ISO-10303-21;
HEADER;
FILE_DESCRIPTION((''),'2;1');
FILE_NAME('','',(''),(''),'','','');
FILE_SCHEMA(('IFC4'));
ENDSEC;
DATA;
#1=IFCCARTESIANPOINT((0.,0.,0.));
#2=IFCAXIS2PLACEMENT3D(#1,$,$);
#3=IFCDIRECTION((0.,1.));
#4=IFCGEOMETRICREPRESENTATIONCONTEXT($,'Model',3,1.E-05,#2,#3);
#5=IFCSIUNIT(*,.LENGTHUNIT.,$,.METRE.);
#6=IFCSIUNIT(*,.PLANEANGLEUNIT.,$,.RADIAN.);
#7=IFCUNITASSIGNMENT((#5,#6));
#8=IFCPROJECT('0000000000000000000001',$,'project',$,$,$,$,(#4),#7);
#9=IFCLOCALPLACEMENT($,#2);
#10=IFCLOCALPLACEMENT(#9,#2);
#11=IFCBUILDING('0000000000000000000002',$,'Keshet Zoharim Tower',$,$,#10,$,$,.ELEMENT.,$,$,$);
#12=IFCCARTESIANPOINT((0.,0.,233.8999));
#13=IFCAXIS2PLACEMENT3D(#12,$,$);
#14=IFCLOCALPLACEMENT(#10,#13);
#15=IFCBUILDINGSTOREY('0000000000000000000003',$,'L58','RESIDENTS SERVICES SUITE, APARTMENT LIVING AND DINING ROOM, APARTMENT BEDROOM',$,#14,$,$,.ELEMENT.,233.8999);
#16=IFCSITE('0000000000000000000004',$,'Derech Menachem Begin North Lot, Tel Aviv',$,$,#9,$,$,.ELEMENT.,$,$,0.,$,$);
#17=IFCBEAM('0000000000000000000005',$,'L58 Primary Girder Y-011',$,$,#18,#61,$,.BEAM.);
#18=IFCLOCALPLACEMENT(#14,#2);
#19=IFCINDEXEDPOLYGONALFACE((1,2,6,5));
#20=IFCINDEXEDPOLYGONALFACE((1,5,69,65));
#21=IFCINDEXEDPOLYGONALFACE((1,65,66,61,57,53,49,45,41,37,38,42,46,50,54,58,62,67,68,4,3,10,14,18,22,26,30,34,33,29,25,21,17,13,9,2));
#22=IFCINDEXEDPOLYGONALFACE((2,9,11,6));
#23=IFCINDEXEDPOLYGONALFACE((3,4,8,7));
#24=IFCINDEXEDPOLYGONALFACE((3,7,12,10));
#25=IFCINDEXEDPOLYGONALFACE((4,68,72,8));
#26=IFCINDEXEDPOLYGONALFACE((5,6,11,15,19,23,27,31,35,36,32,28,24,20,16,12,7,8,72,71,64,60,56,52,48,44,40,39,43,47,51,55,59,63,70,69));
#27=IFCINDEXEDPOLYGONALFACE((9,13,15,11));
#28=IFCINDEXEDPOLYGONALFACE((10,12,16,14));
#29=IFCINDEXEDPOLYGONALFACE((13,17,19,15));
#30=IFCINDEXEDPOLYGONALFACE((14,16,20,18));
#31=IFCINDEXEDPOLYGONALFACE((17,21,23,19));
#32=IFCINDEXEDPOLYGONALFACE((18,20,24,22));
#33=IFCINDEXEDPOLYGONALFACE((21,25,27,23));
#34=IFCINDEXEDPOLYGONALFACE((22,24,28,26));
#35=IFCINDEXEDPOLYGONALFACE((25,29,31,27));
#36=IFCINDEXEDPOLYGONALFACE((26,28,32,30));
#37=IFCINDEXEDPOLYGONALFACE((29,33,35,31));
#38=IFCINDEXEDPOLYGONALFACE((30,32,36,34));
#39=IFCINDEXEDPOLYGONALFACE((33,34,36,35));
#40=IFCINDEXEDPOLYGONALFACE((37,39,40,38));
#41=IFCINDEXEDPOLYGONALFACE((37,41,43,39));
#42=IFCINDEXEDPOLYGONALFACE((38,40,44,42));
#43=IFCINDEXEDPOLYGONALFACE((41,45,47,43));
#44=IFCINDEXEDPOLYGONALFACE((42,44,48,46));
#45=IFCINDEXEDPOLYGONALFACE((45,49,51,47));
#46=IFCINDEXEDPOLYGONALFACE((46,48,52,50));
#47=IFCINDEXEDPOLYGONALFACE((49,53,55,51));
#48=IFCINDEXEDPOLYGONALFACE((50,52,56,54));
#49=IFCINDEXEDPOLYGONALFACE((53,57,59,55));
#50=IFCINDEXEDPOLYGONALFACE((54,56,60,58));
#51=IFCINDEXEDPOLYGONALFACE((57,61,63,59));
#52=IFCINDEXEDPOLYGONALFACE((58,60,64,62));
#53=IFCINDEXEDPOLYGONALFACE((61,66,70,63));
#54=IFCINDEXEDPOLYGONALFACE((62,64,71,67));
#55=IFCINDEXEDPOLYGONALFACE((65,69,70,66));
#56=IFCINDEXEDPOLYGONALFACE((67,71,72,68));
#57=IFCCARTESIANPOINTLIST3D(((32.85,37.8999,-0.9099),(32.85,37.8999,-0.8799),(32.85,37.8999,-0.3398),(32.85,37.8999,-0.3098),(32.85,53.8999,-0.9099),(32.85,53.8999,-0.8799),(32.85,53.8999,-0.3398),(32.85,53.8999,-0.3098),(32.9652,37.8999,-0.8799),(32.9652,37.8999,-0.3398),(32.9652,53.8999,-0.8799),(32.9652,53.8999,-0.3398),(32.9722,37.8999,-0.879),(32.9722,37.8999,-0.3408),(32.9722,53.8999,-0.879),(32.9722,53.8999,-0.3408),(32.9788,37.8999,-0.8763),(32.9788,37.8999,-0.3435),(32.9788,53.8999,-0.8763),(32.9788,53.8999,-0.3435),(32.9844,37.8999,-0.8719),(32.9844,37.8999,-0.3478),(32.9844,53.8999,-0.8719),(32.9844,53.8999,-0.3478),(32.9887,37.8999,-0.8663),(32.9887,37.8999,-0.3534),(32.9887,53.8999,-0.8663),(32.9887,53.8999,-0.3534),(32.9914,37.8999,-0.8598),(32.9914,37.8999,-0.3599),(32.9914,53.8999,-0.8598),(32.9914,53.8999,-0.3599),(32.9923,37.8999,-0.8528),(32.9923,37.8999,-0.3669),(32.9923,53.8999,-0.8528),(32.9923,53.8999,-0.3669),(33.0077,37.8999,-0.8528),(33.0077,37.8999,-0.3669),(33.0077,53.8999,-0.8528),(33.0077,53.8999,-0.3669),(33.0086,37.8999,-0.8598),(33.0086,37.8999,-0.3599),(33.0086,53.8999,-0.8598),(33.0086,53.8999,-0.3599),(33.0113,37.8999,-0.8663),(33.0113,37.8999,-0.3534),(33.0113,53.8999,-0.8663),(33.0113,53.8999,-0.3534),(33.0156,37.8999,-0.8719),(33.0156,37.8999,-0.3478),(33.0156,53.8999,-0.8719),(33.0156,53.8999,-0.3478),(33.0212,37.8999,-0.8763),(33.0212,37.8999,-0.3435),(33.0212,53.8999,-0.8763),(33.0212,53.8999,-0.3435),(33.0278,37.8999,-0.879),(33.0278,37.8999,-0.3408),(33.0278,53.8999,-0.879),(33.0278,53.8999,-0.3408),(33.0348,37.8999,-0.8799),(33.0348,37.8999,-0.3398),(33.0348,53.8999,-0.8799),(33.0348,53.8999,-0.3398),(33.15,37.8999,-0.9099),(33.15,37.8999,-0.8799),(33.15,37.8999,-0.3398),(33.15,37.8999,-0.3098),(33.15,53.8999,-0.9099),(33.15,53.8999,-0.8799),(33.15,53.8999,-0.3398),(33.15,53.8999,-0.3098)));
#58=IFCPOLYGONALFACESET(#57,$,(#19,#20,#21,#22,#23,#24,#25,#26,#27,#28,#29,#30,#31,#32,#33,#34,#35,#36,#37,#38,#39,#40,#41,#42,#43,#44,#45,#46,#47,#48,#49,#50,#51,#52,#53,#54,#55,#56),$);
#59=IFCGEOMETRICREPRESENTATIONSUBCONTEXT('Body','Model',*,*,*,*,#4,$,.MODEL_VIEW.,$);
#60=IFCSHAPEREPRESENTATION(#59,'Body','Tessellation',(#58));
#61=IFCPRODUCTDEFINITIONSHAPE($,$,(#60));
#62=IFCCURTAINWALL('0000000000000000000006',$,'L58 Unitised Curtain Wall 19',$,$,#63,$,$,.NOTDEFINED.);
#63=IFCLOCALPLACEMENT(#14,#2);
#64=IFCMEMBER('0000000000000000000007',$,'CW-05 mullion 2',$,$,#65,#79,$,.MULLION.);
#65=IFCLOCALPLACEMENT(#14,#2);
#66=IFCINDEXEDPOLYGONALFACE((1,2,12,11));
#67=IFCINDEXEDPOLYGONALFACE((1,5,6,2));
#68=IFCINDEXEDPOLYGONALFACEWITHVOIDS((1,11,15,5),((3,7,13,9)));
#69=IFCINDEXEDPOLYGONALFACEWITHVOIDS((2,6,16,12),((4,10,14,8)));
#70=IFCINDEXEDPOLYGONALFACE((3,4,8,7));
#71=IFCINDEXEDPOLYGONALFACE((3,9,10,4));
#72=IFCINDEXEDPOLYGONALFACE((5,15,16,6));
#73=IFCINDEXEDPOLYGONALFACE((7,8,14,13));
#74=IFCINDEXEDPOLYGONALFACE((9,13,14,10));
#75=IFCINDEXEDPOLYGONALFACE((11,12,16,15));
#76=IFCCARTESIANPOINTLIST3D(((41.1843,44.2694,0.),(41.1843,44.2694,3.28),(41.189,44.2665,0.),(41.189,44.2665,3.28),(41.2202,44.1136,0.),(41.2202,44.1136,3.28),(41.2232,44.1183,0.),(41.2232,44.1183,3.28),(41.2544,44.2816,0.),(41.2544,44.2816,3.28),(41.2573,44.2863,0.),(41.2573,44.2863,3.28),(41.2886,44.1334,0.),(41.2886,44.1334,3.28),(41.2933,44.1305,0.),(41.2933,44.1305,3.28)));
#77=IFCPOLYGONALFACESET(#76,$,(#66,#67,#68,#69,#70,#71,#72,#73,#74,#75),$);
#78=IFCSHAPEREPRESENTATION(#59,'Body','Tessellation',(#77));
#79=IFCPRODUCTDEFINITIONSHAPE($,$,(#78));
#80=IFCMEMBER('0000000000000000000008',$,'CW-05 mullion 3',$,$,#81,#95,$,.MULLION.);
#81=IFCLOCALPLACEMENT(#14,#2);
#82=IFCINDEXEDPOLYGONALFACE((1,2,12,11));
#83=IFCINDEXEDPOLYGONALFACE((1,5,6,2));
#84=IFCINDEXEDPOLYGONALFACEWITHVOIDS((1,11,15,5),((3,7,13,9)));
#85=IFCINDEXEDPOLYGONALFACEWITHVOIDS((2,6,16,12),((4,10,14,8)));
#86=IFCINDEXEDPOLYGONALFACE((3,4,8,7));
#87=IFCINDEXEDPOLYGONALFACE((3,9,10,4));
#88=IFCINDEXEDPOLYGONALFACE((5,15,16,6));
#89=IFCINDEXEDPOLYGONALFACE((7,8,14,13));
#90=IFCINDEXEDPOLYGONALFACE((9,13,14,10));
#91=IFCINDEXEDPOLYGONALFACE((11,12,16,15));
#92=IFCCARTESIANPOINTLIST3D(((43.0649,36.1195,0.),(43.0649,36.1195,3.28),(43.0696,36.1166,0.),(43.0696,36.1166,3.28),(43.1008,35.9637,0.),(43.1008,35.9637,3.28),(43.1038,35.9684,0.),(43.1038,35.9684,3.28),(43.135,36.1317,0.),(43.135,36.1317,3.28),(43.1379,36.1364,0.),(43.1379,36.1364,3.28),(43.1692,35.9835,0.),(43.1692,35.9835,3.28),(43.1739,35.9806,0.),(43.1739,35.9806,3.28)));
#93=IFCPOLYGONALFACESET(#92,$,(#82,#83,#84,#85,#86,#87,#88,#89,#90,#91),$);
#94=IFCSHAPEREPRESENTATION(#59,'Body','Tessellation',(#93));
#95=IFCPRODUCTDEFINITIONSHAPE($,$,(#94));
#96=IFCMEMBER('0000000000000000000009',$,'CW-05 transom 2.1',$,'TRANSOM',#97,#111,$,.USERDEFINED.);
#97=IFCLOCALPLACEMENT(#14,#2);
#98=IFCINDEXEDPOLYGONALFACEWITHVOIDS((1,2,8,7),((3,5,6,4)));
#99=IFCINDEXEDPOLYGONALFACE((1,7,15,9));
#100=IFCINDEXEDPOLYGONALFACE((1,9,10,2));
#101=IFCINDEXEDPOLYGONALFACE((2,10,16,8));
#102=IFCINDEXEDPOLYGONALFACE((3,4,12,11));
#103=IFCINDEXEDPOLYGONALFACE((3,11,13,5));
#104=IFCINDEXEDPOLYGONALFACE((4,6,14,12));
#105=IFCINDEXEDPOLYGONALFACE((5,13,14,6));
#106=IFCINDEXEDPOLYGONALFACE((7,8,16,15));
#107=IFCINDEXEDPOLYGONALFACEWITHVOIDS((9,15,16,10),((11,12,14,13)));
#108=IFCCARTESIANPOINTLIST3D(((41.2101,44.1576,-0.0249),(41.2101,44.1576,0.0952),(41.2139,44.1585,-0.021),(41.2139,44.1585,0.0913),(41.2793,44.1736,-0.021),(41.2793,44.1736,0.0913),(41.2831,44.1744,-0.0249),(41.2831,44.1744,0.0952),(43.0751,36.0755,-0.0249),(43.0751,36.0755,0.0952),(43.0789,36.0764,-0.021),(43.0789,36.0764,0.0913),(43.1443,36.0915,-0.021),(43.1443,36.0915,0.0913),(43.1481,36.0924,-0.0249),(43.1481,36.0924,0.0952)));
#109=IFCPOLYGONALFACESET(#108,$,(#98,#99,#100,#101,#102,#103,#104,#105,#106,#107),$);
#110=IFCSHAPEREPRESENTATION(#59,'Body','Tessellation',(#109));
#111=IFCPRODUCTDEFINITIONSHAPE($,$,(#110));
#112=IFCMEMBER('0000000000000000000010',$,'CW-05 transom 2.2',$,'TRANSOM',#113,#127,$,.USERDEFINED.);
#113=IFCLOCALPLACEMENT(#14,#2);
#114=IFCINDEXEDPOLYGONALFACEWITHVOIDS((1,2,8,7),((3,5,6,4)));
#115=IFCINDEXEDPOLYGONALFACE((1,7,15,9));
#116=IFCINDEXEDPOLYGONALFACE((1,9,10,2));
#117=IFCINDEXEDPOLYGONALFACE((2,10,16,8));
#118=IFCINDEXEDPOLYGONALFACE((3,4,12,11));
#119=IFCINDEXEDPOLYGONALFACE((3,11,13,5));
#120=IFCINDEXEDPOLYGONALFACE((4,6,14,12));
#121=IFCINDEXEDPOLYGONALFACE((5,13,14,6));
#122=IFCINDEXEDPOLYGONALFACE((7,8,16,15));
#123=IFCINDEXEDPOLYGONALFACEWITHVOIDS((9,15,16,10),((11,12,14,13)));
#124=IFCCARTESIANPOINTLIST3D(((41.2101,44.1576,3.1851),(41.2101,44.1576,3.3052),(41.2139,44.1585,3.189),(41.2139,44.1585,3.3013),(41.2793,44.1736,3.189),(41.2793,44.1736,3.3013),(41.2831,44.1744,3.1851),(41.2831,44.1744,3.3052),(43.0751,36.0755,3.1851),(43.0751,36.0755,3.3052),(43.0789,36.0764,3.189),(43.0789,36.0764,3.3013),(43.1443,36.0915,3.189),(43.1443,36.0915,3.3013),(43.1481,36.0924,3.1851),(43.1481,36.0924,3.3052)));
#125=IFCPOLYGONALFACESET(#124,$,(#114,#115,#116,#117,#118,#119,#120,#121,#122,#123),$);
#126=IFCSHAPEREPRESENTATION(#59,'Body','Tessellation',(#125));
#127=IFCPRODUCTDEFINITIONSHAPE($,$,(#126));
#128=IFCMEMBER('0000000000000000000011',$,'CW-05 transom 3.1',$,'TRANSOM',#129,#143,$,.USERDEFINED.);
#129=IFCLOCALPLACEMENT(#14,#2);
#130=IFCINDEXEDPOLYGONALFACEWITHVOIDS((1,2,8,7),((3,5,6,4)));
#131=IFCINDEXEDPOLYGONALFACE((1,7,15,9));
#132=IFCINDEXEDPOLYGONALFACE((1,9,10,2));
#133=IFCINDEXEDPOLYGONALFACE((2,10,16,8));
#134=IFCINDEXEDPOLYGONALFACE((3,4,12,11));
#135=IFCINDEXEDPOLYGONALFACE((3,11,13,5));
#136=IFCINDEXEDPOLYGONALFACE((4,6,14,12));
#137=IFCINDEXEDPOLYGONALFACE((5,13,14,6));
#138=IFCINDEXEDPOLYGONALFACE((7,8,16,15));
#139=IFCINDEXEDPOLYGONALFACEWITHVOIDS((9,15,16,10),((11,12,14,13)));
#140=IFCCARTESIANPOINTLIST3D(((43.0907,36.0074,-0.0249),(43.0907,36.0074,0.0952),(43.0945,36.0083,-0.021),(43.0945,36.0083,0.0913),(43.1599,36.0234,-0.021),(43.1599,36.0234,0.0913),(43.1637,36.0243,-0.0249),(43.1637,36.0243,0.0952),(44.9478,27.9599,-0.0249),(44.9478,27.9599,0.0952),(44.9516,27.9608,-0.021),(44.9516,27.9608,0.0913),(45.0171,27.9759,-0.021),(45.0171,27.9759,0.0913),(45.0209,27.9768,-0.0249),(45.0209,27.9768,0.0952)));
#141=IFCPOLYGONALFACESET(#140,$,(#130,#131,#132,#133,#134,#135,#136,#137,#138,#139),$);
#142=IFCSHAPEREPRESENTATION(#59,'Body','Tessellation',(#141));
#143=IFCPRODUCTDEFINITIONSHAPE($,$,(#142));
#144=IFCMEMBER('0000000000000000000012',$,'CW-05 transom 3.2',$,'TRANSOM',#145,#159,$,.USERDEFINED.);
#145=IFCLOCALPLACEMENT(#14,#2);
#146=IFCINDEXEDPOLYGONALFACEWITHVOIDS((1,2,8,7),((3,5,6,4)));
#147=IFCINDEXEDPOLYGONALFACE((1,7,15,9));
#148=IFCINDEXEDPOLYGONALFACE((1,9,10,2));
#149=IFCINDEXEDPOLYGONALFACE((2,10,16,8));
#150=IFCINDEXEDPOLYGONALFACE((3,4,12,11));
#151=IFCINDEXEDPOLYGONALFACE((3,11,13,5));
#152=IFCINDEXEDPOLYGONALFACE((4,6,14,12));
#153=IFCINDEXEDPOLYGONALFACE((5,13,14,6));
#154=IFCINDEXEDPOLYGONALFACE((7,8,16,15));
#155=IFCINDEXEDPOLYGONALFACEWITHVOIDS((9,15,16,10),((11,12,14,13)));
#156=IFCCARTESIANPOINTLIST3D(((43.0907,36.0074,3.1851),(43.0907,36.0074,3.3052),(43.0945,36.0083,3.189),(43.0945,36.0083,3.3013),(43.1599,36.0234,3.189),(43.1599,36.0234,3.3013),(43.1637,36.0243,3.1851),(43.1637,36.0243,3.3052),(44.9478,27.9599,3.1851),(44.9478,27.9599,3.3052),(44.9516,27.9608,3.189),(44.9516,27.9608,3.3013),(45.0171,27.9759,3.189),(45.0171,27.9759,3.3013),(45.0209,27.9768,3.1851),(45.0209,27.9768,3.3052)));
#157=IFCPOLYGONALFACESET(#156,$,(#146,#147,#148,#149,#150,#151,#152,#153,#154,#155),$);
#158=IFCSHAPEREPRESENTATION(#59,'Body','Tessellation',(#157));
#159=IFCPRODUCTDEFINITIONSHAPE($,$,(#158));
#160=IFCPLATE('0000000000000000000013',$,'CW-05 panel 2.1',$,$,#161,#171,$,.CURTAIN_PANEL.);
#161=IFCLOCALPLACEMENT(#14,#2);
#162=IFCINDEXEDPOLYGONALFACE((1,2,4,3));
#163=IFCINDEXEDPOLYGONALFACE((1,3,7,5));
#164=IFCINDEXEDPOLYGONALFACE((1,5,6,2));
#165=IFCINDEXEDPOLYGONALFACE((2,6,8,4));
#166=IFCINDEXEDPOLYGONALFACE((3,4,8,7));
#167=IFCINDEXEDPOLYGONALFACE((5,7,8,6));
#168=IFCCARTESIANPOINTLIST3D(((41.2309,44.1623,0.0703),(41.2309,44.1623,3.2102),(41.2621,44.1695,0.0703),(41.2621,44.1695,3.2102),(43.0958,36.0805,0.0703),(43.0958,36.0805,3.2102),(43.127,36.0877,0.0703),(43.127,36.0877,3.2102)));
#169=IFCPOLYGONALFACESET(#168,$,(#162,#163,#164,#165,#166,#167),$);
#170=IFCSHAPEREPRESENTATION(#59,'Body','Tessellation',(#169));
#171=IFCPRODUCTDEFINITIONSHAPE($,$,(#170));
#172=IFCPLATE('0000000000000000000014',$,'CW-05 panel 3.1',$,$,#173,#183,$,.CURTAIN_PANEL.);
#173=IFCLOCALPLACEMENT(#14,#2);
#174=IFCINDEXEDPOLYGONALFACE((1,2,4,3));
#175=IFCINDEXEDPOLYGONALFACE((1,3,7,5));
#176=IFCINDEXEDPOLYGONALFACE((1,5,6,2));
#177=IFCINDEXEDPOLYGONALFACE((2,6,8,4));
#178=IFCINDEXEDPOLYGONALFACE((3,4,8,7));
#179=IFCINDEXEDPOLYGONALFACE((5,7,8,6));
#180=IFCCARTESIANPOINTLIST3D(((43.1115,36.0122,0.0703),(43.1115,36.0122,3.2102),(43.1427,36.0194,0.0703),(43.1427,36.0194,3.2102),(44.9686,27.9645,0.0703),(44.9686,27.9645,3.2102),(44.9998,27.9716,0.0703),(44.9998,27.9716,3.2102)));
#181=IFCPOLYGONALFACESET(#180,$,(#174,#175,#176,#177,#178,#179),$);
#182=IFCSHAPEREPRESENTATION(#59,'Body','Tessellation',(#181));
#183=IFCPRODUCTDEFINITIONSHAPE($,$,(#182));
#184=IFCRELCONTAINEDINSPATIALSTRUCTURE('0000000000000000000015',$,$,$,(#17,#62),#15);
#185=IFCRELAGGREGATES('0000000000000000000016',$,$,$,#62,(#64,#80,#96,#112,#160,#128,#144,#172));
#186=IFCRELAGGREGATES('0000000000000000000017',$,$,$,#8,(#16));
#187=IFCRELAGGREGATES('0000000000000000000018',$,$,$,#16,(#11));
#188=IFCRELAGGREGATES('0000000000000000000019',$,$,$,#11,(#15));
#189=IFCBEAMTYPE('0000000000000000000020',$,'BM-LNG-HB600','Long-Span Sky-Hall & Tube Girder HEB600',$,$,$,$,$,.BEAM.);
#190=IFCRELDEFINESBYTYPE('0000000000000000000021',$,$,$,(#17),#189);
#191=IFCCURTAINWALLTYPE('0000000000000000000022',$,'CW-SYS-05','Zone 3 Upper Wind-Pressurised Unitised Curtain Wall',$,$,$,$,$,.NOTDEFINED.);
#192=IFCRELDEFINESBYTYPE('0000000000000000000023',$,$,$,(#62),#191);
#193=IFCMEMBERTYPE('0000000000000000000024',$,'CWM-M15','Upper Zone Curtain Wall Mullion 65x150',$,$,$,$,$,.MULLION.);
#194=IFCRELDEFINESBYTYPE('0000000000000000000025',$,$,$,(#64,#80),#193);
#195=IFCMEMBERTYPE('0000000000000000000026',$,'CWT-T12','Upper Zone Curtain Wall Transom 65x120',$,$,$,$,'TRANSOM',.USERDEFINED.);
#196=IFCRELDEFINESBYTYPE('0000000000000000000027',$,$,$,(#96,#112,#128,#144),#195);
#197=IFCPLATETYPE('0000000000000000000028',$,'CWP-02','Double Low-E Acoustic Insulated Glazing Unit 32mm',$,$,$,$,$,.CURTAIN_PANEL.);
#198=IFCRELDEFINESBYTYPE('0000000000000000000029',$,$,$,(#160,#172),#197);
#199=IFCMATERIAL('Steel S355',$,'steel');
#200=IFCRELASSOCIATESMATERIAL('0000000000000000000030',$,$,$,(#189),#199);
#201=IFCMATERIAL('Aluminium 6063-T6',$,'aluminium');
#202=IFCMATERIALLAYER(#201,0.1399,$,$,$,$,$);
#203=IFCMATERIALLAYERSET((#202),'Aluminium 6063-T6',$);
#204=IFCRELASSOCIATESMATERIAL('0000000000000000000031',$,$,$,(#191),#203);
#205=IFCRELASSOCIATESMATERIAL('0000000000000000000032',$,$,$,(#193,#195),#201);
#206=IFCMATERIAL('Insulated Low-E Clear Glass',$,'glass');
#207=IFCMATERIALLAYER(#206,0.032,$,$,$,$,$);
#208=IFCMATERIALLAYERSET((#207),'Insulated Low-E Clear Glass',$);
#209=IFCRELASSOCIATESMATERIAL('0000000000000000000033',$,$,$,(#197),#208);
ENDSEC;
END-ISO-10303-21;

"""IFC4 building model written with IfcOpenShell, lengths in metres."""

from ifc_helpers import new_model, si_unit, direction, frame, origin, origin_2d, place, context, subcontext, project, spatial, rectangle, hollow_rectangle, i_section, extrude, material, layer, layer_set, material_profile, profile_set, type_object, element, aggregate, save


model = new_model("IFC4")

# Units and contexts
model_context = context("Model", 3, precision=1e-05, world=origin(), true_north=direction((0.0, 1.0)))
body_context = subcontext(model_context, "Body", "Model", "MODEL_VIEW")
ifc_project = project(units=[si_unit("LENGTHUNIT", "METRE"), si_unit("PLANEANGLEUNIT", "RADIAN")], contexts=[model_context])

# Site, building, storey
site_placement = place(None, origin())
site = spatial("IfcSite", under=ifc_project, at=site_placement, Name="Derech Menachem Begin North Lot, Tel Aviv", CompositionType="ELEMENT", RefElevation=0.0)
building_placement = place(site_placement, origin())
building = spatial("IfcBuilding", under=site, at=building_placement, Name="Keshet Zoharim Tower", CompositionType="ELEMENT")
storey_placement = place(building_placement, frame((0.0, 0.0, 233.8999)))
storey = spatial("IfcBuildingStorey", under=building, at=storey_placement, Name="L58", Description="RESIDENTS SERVICES SUITE, APARTMENT LIVING AND DINING ROOM, APARTMENT BEDROOM", CompositionType="ELEMENT", Elevation=233.8999)

# Beam
ifc_material_1 = material(Name="Steel S355", Category="steel")
ifc_material_profile_1 = material_profile(ifc_material_1, i_section(OverallWidth=0.3, OverallDepth=0.6001, WebThickness=0.0154, FlangeThickness=0.03, FilletRadius=0.0271, at=origin_2d()), Name="HEB600")
ifc_profile_set_1 = profile_set([ifc_material_profile_1], Name="Steel S355")
beam_type = type_object("IfcBeamType", Name="BM-LNG-HB600", Description="Long-Span Sky-Hall & Tube Girder HEB600", PredefinedType="BEAM", material=ifc_profile_set_1)
beam_placement = place(storey_placement, frame((33.0, 37.8999, -0.6099), z_axis=(0.0, 1.0, 0.0), x_axis=(-1.0, 0.0, 0.0)))
element("IfcBeam", 1, at=beam_placement, inside=storey, type_object=beam_type, Name="L58 Primary Girder Y-011", PredefinedType="BEAM", context=body_context, shape_type="SweptSolid", body=[
    extrude(i_section(OverallWidth=0.3, OverallDepth=0.6001, WebThickness=0.0154, FlangeThickness=0.03, FilletRadius=0.0271, at=origin_2d()), origin(), (0.0, 0.0, 1.0), 16.0),
])

# Curtain wall, members, plates
ifc_material_2 = material(Name="Aluminium 6063-T6", Category="aluminium")
ifc_layer_1 = layer(ifc_material_2, 0.1399)
ifc_layer_set_1 = layer_set([ifc_layer_1], Name="Aluminium 6063-T6")
curtain_wall_type = type_object("IfcCurtainWallType", Name="CW-SYS-05", Description="Zone 3 Upper Wind-Pressurised Unitised Curtain Wall", PredefinedType="NOTDEFINED", material=ifc_layer_set_1)
curtain_wall_placement = place(storey_placement, origin())
curtain_wall = element("IfcCurtainWall", 2, at=curtain_wall_placement, inside=storey, type_object=curtain_wall_type, Name="L58 Unitised Curtain Wall 19", PredefinedType="NOTDEFINED")
ifc_material_profile_2 = material_profile(ifc_material_2, hollow_rectangle(XDim=0.075, YDim=0.1599, WallThickness=0.0039, at=origin_2d()), Name="MUL-75x160")
ifc_profile_set_2 = profile_set([ifc_material_profile_2], Name="Aluminium 6063-T6")
member_type_1 = type_object("IfcMemberType", Name="CWM-M15", Description="Upper Zone Curtain Wall Mullion 65x150", PredefinedType="MULLION", material=ifc_profile_set_2)
member_1_placement = place(storey_placement, frame((41.2388, 44.2, 0.0), z_axis=(0.0, 0.0, 1.0), x_axis=(0.974394, 0.224848, 0.0)))
member_1 = element("IfcMember", 3, at=member_1_placement, type_object=member_type_1, Name="CW-05 mullion 2", PredefinedType="MULLION", context=body_context, shape_type="SweptSolid", body=[
    extrude(hollow_rectangle(XDim=0.075, YDim=0.1599, WallThickness=0.0039, at=origin_2d()), origin(), (0.0, 0.0, 1.0), 3.28),
])
member_2_placement = place(storey_placement, frame((43.1194, 36.05, 0.0), z_axis=(0.0, 0.0, 1.0), x_axis=(0.974394, 0.224848, 0.0)))
member_2 = element("IfcMember", 4, at=member_2_placement, type_object=member_type_1, Name="CW-05 mullion 3", PredefinedType="MULLION", context=body_context, shape_type="SweptSolid", body=[
    extrude(hollow_rectangle(XDim=0.075, YDim=0.1599, WallThickness=0.0039, at=origin_2d()), origin(), (0.0, 0.0, 1.0), 3.28),
])
ifc_material_profile_3 = material_profile(ifc_material_2, hollow_rectangle(XDim=0.075, YDim=0.1201, WallThickness=0.0039, at=origin_2d()), Name="TRN-75x120")
ifc_profile_set_3 = profile_set([ifc_material_profile_3], Name="Aluminium 6063-T6")
member_type_2 = type_object("IfcMemberType", Name="CWT-T12", Description="Upper Zone Curtain Wall Transom 65x120", ElementType="TRANSOM", PredefinedType="USERDEFINED", material=ifc_profile_set_3)
member_3_placement = place(storey_placement, frame((41.2466, 44.166, 0.0352), z_axis=(0.224849, -0.974394, 0.0), x_axis=(0.974394, 0.224849, 0.0)))
member_3 = element("IfcMember", 5, at=member_3_placement, type_object=member_type_2, Name="CW-05 transom 2.1", ObjectType="TRANSOM", PredefinedType="USERDEFINED", context=body_context, shape_type="SweptSolid", body=[
    extrude(hollow_rectangle(XDim=0.075, YDim=0.1201, WallThickness=0.0039, at=origin_2d()), origin(), (0.0, 0.0, 1.0), 8.2944),
])
member_4_placement = place(storey_placement, frame((41.2466, 44.166, 3.2451), z_axis=(0.224849, -0.974394, 0.0), x_axis=(0.974394, 0.224849, 0.0)))
member_4 = element("IfcMember", 6, at=member_4_placement, type_object=member_type_2, Name="CW-05 transom 2.2", ObjectType="TRANSOM", PredefinedType="USERDEFINED", context=body_context, shape_type="SweptSolid", body=[
    extrude(hollow_rectangle(XDim=0.075, YDim=0.1201, WallThickness=0.0039, at=origin_2d()), origin(), (0.0, 0.0, 1.0), 8.2944),
])
member_5_placement = place(storey_placement, frame((43.1272, 36.0159, 0.0352), z_axis=(0.224864, -0.97439, 0.0), x_axis=(0.97439, 0.224864, 0.0)))
member_5 = element("IfcMember", 7, at=member_5_placement, type_object=member_type_2, Name="CW-05 transom 3.1", ObjectType="TRANSOM", PredefinedType="USERDEFINED", context=body_context, shape_type="SweptSolid", body=[
    extrude(hollow_rectangle(XDim=0.075, YDim=0.1201, WallThickness=0.0039, at=origin_2d()), origin(), (0.0, 0.0, 1.0), 8.259),
])
member_6_placement = place(storey_placement, frame((43.1272, 36.0159, 3.2451), z_axis=(0.224864, -0.97439, 0.0), x_axis=(0.97439, 0.224864, 0.0)))
member_6 = element("IfcMember", 8, at=member_6_placement, type_object=member_type_2, Name="CW-05 transom 3.2", ObjectType="TRANSOM", PredefinedType="USERDEFINED", context=body_context, shape_type="SweptSolid", body=[
    extrude(hollow_rectangle(XDim=0.075, YDim=0.1201, WallThickness=0.0039, at=origin_2d()), origin(), (0.0, 0.0, 1.0), 8.259),
])
ifc_material_3 = material(Name="Insulated Low-E Clear Glass", Category="glass")
ifc_layer_2 = layer(ifc_material_3, 0.032)
ifc_layer_set_2 = layer_set([ifc_layer_2], Name="Insulated Low-E Clear Glass")
plate_type = type_object("IfcPlateType", Name="CWP-02", Description="Double Low-E Acoustic Insulated Glazing Unit 32mm", PredefinedType="CURTAIN_PANEL", material=ifc_layer_set_2)
plate_1_placement = place(storey_placement, frame((42.179, 40.125, 0.0703), z_axis=(0.0, 0.0, 1.0), x_axis=(0.224848, -0.974394, 0.0)))
plate_1 = element("IfcPlate", 9, at=plate_1_placement, type_object=plate_type, Name="CW-05 panel 2.1", PredefinedType="CURTAIN_PANEL", context=body_context, shape_type="SweptSolid", body=[
    extrude(rectangle(XDim=8.2942, YDim=0.032, at=origin_2d()), origin(), (0.0, 0.0, 1.0), 3.1399),
])
plate_2_placement = place(storey_placement, frame((44.0557, 31.9919, 0.0703), z_axis=(0.0, 0.0, 1.0), x_axis=(0.224848, -0.974394, 0.0)))
plate_2 = element("IfcPlate", 10, at=plate_2_placement, type_object=plate_type, Name="CW-05 panel 3.1", PredefinedType="CURTAIN_PANEL", context=body_context, shape_type="SweptSolid", body=[
    extrude(rectangle(XDim=8.2593, YDim=0.032, at=origin_2d()), origin(), (0.0, 0.0, 1.0), 3.1399),
])
aggregate(curtain_wall, [member_1, member_2, member_3, member_4, plate_1, member_5, member_6, plate_2])

save(model, "model.ifc")
